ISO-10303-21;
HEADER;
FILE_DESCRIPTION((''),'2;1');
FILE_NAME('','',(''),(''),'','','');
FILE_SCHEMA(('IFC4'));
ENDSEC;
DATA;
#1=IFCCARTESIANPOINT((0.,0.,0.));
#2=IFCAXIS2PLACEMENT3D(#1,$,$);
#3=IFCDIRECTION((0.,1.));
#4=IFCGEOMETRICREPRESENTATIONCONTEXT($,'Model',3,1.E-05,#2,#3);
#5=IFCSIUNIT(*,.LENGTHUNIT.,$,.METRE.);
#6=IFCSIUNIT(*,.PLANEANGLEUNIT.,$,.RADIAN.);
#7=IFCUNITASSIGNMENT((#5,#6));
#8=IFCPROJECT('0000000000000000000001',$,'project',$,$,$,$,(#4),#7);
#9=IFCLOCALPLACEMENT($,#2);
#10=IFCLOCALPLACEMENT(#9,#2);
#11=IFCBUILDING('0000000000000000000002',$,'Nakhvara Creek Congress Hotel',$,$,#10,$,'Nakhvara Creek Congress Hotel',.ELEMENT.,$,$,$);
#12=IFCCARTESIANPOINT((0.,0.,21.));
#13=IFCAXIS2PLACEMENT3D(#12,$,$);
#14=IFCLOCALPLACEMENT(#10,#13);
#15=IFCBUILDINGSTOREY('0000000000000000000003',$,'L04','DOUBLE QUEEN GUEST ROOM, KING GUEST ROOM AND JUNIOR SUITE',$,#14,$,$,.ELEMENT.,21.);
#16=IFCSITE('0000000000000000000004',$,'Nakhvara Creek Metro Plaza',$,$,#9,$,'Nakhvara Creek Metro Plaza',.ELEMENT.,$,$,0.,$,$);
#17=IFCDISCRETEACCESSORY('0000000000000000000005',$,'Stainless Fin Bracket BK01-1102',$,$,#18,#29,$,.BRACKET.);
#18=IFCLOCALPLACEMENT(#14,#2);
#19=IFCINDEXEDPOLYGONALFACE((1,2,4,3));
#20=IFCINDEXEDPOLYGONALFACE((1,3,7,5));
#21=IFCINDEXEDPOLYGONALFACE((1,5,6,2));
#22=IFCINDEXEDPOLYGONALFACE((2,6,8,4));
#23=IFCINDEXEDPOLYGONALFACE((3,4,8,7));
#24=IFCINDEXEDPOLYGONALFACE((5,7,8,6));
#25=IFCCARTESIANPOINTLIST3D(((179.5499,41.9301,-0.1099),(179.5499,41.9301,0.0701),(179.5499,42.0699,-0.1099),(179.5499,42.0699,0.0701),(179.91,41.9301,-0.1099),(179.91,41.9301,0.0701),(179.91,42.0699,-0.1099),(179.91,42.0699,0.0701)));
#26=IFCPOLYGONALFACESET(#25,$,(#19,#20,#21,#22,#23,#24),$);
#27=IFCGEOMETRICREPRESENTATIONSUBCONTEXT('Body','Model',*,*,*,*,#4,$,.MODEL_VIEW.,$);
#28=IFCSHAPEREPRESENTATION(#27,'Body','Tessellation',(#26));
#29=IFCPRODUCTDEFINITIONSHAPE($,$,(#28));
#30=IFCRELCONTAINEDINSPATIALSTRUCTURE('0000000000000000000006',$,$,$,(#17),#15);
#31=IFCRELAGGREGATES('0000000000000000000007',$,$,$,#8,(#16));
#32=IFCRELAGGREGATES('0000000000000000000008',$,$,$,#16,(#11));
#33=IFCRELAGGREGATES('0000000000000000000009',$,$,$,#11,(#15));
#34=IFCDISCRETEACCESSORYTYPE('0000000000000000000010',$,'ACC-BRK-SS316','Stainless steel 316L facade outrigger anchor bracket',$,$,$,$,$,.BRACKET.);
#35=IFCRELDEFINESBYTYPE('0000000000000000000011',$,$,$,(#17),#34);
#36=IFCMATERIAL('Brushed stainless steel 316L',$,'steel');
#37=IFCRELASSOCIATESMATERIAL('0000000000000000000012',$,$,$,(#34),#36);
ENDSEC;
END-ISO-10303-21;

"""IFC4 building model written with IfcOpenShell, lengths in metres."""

from ifc_helpers import new_model, si_unit, direction, frame, origin, origin_2d, place, context, subcontext, project, spatial, rectangle, extrude, material, type_object, element, save


model = new_model("IFC4")

# Units and contexts
model_context = context("Model", 3, precision=1e-05, world=origin(), true_north=direction((0.0, 1.0)))
body_context = subcontext(model_context, "Body", "Model", "MODEL_VIEW")
ifc_project = project(units=[si_unit("LENGTHUNIT", "METRE"), si_unit("PLANEANGLEUNIT", "RADIAN")], contexts=[model_context])

# Site, building, storey
site_placement = place(None, origin())
site = spatial("IfcSite", under=ifc_project, at=site_placement, Name="Nakhvara Creek Metro Plaza", LongName="Nakhvara Creek Metro Plaza", CompositionType="ELEMENT", RefElevation=0.0)
building_placement = place(site_placement, origin())
building = spatial("IfcBuilding", under=site, at=building_placement, Name="Nakhvara Creek Congress Hotel", LongName="Nakhvara Creek Congress Hotel", CompositionType="ELEMENT")
storey_placement = place(building_placement, frame((0.0, 0.0, 21.0)))
storey = spatial("IfcBuildingStorey", under=building, at=storey_placement, Name="L04", Description="DOUBLE QUEEN GUEST ROOM, KING GUEST ROOM AND JUNIOR SUITE", CompositionType="ELEMENT", Elevation=21.0)

# Discrete accessory
ifc_material_1 = material(Name="Brushed stainless steel 316L", Category="steel")
discrete_accessory_type = type_object("IfcDiscreteAccessoryType", Name="ACC-BRK-SS316", Description="Stainless steel 316L facade outrigger anchor bracket", PredefinedType="BRACKET", material=ifc_material_1)
for number, where, z_axis, x_axis, name in (
    (1, (179.73, 42.0, -0.1099), (0.0, 0.0, 1.0), (0.0, 1.0, 0.0), "Stainless Fin Bracket BK01-1102"),
):
    element("IfcDiscreteAccessory", number, at=place(storey_placement, frame(where, z_axis=z_axis, x_axis=x_axis)), inside=storey, type_object=discrete_accessory_type, Name=name, PredefinedType="BRACKET", context=body_context, shape_type="SweptSolid", body=[
        extrude(rectangle(XDim=0.1399, YDim=0.3601, at=origin_2d()), origin(), (0.0, 0.0, 1.0), 0.1799),
    ])

save(model, "model.ifc")
